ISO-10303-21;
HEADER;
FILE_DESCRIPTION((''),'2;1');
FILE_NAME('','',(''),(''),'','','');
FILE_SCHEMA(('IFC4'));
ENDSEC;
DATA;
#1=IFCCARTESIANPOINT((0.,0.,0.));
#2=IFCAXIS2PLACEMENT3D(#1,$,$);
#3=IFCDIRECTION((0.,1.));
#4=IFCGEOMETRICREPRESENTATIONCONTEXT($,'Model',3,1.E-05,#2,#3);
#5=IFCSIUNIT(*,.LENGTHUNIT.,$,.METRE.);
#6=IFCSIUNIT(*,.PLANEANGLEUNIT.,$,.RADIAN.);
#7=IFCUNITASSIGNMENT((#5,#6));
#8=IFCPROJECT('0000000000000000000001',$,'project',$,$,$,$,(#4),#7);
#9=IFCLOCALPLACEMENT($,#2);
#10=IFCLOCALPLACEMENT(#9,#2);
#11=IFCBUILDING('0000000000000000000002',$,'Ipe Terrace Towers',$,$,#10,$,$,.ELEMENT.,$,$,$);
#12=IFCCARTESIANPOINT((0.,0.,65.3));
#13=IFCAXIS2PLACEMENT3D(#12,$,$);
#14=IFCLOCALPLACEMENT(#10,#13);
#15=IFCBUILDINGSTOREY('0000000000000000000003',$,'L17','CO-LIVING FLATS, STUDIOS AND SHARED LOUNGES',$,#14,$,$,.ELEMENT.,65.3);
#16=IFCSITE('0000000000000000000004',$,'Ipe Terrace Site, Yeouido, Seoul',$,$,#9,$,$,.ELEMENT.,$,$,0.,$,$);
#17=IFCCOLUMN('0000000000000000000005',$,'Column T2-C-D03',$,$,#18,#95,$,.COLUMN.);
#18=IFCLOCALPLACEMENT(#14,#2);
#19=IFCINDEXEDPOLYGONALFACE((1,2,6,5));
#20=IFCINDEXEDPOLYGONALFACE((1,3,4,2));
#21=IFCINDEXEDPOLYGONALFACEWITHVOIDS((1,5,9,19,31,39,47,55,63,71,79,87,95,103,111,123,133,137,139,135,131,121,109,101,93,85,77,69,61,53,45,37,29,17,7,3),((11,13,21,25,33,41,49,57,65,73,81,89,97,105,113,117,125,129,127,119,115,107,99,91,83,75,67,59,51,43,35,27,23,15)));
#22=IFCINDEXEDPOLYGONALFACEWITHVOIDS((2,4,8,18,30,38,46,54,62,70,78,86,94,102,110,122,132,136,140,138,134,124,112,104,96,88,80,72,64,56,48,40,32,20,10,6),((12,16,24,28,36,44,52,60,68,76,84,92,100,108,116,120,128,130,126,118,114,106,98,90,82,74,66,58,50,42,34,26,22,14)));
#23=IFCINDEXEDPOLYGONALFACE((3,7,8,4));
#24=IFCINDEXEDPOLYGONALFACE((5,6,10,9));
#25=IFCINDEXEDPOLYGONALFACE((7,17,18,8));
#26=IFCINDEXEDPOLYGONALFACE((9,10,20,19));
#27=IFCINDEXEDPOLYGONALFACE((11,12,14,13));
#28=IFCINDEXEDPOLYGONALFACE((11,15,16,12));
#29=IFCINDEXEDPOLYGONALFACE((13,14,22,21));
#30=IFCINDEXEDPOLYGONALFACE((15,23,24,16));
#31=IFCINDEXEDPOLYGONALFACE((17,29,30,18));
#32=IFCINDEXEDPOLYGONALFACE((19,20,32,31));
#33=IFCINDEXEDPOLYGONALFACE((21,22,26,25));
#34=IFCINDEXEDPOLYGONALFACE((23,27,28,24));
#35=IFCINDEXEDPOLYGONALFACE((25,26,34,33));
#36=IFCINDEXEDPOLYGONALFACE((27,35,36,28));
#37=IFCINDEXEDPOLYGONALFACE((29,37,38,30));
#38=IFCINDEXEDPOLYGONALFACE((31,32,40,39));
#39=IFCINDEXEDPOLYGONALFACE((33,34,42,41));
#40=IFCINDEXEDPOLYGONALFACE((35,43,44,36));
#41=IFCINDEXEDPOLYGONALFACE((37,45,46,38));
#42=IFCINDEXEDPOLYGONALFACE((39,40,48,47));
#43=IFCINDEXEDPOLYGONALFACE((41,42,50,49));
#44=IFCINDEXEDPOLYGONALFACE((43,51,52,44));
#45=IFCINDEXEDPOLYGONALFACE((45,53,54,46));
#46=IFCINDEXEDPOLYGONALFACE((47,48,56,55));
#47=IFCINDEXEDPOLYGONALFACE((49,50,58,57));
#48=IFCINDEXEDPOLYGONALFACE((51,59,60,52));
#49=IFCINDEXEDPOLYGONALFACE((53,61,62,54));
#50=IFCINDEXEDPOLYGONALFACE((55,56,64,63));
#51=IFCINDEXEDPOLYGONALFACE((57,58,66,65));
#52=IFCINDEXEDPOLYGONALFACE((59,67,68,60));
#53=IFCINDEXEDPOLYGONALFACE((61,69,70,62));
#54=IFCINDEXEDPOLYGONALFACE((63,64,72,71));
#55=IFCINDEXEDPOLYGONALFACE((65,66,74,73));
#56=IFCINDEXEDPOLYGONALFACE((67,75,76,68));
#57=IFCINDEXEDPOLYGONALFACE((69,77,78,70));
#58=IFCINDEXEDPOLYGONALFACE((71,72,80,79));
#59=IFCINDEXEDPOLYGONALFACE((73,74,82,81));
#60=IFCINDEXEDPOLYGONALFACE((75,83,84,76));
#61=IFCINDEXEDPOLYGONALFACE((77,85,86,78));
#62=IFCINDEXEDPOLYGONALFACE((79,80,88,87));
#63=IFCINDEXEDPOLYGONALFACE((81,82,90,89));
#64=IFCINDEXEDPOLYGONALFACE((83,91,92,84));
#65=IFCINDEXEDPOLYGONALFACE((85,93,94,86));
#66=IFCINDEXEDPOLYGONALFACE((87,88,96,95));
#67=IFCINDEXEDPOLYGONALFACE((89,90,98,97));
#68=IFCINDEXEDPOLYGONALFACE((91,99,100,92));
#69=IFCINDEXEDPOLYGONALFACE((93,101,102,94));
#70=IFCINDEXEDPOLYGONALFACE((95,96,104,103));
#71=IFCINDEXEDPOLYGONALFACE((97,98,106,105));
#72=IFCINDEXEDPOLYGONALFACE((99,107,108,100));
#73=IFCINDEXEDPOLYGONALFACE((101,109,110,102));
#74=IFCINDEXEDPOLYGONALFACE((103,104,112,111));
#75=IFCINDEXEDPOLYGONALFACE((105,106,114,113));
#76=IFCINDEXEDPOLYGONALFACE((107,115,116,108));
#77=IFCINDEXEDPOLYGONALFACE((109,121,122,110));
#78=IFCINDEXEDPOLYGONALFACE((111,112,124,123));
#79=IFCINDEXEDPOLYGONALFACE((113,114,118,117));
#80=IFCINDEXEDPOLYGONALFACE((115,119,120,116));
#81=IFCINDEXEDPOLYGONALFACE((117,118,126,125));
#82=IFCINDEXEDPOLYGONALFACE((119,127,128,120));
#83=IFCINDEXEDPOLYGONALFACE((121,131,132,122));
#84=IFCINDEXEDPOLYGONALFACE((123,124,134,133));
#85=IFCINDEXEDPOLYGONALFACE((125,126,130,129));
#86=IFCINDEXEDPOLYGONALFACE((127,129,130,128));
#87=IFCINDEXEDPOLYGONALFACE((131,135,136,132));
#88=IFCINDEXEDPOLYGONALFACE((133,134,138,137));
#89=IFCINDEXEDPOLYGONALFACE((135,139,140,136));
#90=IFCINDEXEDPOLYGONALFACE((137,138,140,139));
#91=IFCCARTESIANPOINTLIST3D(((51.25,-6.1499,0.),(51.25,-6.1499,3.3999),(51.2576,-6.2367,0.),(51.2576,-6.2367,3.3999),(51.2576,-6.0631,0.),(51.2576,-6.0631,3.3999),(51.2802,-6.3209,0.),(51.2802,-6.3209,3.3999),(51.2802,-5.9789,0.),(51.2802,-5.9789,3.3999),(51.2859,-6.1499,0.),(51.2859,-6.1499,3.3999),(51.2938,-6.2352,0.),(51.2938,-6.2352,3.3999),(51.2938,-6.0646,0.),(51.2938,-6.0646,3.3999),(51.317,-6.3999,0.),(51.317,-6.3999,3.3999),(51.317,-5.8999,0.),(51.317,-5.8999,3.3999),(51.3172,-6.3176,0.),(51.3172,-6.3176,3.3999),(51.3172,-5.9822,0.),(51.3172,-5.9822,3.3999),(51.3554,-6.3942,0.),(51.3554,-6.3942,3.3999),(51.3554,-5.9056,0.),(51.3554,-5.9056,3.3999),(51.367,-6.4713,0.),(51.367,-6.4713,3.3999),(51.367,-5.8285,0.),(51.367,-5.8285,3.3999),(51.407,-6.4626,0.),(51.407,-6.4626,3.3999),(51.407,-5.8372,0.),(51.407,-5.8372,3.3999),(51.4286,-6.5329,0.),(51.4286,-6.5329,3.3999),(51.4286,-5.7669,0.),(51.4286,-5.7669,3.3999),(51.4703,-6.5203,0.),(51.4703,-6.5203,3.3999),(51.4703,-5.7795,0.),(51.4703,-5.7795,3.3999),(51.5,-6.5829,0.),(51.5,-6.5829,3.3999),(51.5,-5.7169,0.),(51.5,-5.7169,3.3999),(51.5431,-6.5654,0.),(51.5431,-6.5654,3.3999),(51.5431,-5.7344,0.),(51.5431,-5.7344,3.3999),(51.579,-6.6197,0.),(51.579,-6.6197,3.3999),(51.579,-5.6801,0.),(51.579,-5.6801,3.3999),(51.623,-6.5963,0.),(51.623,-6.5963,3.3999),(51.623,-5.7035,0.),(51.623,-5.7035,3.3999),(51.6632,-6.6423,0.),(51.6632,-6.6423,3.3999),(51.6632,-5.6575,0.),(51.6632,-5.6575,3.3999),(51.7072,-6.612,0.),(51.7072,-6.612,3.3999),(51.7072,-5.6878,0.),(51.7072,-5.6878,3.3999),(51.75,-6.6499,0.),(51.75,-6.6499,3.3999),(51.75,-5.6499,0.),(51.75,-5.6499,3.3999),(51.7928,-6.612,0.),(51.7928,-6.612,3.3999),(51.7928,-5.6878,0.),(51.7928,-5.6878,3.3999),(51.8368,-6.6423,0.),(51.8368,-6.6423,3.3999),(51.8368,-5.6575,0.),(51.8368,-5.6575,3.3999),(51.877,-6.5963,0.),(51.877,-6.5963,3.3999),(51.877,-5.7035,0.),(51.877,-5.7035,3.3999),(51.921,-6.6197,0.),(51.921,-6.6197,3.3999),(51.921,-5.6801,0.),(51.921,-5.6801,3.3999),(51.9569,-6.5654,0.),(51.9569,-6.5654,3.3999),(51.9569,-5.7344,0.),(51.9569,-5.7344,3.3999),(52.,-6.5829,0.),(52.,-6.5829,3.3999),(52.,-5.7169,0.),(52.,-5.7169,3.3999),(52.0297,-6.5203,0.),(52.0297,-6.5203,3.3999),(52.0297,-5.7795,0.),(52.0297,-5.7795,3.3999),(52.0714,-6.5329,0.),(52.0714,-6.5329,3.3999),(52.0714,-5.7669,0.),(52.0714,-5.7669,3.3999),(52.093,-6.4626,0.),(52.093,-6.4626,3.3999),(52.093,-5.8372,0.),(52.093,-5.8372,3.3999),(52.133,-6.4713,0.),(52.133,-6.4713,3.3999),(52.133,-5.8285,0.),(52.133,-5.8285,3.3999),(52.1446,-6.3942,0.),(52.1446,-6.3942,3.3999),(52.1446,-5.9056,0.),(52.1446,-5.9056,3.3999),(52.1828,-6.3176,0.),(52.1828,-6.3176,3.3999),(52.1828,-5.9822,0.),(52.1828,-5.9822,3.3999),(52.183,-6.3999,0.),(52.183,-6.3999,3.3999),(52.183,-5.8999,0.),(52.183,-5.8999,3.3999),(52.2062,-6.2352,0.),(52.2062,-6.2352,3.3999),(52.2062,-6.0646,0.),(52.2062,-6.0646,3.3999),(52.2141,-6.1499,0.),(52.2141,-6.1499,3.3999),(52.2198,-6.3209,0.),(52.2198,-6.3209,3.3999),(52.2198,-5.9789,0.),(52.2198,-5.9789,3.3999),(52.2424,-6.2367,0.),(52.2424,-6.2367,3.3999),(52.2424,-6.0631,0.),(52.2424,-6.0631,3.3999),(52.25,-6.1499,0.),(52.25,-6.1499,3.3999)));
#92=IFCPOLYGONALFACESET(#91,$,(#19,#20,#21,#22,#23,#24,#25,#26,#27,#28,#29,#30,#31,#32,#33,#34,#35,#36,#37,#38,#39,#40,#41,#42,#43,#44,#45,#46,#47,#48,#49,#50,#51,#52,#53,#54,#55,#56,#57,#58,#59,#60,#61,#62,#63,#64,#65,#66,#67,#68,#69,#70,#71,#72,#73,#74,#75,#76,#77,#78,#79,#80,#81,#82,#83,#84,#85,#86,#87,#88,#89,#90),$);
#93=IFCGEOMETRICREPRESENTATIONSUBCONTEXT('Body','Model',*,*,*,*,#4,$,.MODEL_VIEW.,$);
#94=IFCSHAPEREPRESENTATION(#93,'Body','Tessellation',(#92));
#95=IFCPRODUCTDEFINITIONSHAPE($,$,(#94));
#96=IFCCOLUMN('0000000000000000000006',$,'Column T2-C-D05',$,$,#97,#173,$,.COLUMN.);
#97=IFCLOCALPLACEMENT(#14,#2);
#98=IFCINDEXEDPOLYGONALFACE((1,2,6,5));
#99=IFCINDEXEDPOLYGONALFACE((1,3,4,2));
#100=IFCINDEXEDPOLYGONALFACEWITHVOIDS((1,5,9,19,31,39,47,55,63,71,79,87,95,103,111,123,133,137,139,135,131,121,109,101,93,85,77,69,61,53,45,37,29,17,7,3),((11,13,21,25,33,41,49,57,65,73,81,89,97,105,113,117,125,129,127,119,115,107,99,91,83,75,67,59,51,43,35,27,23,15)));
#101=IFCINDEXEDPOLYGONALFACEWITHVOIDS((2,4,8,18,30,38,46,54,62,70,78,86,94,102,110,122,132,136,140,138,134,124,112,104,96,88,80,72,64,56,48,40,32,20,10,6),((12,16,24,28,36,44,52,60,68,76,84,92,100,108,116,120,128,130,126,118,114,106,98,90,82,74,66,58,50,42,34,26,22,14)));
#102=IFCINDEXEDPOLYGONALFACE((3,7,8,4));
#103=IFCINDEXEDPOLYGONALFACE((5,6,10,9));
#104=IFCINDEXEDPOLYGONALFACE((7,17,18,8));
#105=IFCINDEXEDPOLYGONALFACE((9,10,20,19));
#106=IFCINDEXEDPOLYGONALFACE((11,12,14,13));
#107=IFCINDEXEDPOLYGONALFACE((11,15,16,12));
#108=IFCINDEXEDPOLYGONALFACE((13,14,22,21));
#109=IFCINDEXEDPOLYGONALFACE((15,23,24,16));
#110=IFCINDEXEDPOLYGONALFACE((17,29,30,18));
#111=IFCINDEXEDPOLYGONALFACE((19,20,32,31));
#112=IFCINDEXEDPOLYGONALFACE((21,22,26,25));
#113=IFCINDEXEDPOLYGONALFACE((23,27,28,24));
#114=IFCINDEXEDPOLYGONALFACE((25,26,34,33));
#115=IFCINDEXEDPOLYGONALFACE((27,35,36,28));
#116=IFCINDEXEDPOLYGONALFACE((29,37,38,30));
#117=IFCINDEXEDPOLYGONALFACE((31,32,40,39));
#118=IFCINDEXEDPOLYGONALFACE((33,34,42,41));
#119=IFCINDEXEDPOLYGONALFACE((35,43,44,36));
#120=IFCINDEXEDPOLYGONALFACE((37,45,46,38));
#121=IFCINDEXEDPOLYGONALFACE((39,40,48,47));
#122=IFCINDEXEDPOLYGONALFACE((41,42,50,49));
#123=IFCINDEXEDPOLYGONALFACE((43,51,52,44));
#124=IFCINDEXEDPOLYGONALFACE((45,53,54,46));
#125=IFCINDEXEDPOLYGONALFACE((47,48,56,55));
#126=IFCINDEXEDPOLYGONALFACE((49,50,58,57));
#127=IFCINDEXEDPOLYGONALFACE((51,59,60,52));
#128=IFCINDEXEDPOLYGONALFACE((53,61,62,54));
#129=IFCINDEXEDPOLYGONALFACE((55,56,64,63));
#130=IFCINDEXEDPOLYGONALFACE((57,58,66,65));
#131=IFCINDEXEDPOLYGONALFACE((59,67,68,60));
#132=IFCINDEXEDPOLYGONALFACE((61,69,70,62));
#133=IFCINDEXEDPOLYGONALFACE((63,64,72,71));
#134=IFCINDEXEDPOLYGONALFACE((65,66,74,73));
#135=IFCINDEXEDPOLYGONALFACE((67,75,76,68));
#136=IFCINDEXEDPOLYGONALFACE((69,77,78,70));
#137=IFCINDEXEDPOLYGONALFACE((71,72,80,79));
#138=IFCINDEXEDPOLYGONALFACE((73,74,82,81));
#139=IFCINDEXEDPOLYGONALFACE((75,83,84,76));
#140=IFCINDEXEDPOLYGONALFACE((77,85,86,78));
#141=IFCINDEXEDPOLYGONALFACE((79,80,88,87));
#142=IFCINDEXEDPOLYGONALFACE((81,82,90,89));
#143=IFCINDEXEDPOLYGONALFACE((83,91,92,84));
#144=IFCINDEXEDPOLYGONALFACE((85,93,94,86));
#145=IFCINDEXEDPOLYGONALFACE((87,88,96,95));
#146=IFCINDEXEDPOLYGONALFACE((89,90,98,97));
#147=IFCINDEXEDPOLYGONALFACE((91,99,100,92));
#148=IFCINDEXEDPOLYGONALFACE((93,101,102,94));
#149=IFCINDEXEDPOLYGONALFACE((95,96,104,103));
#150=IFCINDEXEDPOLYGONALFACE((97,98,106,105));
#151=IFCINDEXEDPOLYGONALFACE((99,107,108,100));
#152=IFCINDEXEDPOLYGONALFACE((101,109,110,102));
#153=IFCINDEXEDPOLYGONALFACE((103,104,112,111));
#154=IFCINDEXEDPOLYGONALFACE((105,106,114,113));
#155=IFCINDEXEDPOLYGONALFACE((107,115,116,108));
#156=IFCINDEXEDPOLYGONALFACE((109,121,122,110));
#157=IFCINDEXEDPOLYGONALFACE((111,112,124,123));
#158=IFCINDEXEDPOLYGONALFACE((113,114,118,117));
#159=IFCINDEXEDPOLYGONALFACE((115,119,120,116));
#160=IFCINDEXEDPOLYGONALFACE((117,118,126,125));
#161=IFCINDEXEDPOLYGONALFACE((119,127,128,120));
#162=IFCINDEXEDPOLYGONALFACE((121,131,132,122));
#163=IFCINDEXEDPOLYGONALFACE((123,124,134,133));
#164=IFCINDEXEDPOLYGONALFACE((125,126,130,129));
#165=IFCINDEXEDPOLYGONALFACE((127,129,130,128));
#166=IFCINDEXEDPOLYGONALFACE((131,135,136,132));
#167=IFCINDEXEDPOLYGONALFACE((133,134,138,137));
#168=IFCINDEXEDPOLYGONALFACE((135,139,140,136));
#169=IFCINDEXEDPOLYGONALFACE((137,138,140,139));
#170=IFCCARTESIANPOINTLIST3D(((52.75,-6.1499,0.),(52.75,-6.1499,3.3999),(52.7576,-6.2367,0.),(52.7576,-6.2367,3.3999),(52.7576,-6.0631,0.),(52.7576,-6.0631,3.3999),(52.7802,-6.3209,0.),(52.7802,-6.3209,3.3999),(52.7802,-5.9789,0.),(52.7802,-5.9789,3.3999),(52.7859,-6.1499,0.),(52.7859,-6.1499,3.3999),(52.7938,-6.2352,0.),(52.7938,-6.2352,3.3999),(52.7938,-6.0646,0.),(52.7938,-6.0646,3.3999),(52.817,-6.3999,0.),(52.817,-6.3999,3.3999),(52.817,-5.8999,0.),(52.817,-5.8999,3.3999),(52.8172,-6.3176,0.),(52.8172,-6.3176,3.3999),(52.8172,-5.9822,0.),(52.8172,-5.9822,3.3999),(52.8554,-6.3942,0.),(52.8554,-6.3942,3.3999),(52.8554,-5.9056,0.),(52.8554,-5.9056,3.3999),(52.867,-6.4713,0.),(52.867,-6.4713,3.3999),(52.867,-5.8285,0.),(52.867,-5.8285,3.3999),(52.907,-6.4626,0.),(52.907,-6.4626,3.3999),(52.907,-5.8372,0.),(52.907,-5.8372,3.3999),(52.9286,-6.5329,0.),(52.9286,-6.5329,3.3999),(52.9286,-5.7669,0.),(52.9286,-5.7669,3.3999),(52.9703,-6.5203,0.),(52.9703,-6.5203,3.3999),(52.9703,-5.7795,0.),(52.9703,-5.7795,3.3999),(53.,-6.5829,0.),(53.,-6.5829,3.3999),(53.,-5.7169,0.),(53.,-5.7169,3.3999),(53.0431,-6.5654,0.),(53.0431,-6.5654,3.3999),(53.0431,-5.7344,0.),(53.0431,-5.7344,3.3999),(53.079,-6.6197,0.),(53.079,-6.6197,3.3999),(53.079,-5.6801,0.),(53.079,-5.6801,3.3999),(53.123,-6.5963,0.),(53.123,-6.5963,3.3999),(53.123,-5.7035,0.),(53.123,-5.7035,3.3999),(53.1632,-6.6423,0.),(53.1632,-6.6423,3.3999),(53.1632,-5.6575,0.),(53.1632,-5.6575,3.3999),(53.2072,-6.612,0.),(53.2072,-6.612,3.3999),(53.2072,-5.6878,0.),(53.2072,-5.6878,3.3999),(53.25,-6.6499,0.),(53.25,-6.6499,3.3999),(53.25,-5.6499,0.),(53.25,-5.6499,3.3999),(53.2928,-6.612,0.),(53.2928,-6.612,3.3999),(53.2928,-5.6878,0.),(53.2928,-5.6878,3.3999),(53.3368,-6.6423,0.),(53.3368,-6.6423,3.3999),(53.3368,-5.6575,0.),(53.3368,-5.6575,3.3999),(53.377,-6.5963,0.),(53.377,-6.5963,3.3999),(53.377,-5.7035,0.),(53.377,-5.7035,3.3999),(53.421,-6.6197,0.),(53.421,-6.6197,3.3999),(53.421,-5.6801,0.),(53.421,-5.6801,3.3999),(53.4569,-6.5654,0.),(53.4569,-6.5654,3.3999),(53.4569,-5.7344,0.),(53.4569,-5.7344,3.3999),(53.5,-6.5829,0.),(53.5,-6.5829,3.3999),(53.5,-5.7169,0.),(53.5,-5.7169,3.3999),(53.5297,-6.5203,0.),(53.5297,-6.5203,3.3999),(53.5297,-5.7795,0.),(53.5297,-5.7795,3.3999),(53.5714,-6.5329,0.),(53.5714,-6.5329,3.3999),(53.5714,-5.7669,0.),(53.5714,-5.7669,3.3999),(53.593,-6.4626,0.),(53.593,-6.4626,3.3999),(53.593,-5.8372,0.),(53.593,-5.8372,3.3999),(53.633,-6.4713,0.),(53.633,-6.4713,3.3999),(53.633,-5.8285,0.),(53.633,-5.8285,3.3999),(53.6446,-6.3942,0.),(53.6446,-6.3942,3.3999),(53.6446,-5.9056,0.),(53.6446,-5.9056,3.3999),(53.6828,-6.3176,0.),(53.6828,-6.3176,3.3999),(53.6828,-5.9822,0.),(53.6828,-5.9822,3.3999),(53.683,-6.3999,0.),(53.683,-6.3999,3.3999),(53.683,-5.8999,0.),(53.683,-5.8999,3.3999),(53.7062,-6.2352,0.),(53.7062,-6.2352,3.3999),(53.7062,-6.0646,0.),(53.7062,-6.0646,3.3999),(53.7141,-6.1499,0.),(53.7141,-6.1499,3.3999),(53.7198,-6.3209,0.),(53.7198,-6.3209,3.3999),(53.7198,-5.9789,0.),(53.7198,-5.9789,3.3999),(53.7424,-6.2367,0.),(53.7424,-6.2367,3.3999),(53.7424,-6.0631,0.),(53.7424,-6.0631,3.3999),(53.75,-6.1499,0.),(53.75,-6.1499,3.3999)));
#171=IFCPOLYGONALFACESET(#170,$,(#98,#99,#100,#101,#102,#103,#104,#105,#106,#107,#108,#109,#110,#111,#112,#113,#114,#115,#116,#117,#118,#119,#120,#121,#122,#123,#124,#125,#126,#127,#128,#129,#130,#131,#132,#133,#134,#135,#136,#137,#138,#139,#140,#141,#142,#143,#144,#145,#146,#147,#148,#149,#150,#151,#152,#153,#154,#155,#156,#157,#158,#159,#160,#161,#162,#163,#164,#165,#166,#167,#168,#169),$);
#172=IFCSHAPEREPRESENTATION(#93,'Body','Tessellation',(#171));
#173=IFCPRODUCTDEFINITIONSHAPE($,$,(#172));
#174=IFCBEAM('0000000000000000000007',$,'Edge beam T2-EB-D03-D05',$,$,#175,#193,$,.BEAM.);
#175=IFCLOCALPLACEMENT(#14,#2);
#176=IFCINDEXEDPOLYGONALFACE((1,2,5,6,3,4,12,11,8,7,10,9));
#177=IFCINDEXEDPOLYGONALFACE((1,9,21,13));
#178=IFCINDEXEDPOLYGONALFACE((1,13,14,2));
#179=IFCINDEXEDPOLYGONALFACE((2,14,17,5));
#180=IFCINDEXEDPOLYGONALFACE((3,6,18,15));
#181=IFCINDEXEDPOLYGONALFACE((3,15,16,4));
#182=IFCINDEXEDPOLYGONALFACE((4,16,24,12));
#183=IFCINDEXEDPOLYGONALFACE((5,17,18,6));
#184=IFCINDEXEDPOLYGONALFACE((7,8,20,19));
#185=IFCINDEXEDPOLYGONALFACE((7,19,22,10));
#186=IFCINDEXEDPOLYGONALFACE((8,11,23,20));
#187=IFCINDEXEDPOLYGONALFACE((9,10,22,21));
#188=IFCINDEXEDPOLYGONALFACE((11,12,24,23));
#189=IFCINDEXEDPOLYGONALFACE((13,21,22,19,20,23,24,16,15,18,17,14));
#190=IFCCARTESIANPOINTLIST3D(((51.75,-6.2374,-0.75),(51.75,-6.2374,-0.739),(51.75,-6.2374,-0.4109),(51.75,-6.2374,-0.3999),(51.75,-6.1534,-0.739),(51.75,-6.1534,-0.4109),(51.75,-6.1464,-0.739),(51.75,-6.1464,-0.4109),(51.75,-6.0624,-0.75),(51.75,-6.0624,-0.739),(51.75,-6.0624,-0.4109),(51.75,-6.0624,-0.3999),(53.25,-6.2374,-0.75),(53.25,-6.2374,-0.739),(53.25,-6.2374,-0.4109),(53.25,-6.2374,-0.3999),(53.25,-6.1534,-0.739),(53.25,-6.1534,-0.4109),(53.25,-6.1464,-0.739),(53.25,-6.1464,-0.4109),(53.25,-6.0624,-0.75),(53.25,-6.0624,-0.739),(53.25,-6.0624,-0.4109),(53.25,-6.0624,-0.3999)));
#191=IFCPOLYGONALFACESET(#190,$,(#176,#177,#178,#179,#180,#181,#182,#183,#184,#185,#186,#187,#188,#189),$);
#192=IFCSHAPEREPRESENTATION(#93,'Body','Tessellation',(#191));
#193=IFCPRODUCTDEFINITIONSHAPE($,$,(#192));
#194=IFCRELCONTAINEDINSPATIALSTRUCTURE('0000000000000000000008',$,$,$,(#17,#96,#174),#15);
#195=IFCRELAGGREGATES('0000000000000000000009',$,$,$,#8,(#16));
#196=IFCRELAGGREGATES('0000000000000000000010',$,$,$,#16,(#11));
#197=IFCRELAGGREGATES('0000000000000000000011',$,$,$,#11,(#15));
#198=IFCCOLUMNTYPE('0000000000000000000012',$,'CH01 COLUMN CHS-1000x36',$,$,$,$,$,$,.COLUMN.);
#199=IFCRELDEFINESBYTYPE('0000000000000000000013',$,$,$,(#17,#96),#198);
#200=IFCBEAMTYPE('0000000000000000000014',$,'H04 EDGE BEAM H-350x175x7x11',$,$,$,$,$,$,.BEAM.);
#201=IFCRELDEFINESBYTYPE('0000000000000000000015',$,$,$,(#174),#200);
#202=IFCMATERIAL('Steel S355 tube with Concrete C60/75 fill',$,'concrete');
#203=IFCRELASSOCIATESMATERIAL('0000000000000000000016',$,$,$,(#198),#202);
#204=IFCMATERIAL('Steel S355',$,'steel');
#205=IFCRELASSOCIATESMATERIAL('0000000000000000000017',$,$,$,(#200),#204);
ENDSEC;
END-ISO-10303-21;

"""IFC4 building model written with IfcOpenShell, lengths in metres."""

from ifc_helpers import new_model, si_unit, direction, frame, origin, origin_2d, place, context, subcontext, project, spatial, hollow_circle, i_section, extrude, material, material_profile, profile_set, type_object, element, save


model = new_model("IFC4")

# Units and contexts
model_context = context("Model", 3, precision=1e-05, world=origin(), true_north=direction((0.0, 1.0)))
body_context = subcontext(model_context, "Body", "Model", "MODEL_VIEW")
ifc_project = project(units=[si_unit("LENGTHUNIT", "METRE"), si_unit("PLANEANGLEUNIT", "RADIAN")], contexts=[model_context])

# Site, building, storey
site_placement = place(None, origin())
site = spatial("IfcSite", under=ifc_project, at=site_placement, Name="Ipe Terrace Site, Yeouido, Seoul", CompositionType="ELEMENT", RefElevation=0.0)
building_placement = place(site_placement, origin())
building = spatial("IfcBuilding", under=site, at=building_placement, Name="Ipe Terrace Towers", CompositionType="ELEMENT")
storey_placement = place(building_placement, frame((0.0, 0.0, 65.3)))
storey = spatial("IfcBuildingStorey", under=building, at=storey_placement, Name="L17", Description="CO-LIVING FLATS, STUDIOS AND SHARED LOUNGES", CompositionType="ELEMENT", Elevation=65.3)

# Columns
ifc_material_1 = material(Name="Steel S355 tube with Concrete C60/75 fill", Category="concrete")
ifc_material_profile_1 = material_profile(ifc_material_1, hollow_circle(Radius=0.5, WallThickness=0.0359, at=origin_2d()), Name="CHS-1000x36")
ifc_profile_set_1 = profile_set([ifc_material_profile_1], Name="Steel S355 tube with Concrete C60/75 fill")
column_type = type_object("IfcColumnType", Name="CH01 COLUMN CHS-1000x36", PredefinedType="COLUMN", material=ifc_profile_set_1)
for number, where, z_axis, x_axis, name in (
    (1, (51.75, -6.1499, 0.0), (0.0, 0.0, 1.0), (1.0, 0.0, 0.0), "Column T2-C-D03"),
    (2, (53.25, -6.1499, 0.0), (0.0, 0.0, 1.0), (1.0, 0.0, 0.0), "Column T2-C-D05"),
):
    element("IfcColumn", number, at=place(storey_placement, frame(where, z_axis=z_axis, x_axis=x_axis)), inside=storey, type_object=column_type, Name=name, PredefinedType="COLUMN", context=body_context, shape_type="SweptSolid", body=[
        extrude(hollow_circle(Radius=0.5, WallThickness=0.0359, at=origin_2d()), origin(), (0.0, 0.0, 1.0), 3.3999),
    ])

# Beam
ifc_material_2 = material(Name="Steel S355", Category="steel")
ifc_material_profile_2 = material_profile(ifc_material_2, i_section(OverallWidth=0.175, OverallDepth=0.3501, WebThickness=0.0071, FlangeThickness=0.011, at=origin_2d()), Name="H-350x175x7x11")
ifc_profile_set_2 = profile_set([ifc_material_profile_2], Name="Steel S355")
beam_type = type_object("IfcBeamType", Name="H04 EDGE BEAM H-350x175x7x11", PredefinedType="BEAM", material=ifc_profile_set_2)
beam_placement = place(storey_placement, frame((51.75, -6.1499, -0.575), z_axis=(1.0, 0.0, 0.0), x_axis=(0.0, 1.0, 0.0)))
element("IfcBeam", 3, at=beam_placement, inside=storey, type_object=beam_type, Name="Edge beam T2-EB-D03-D05", PredefinedType="BEAM", context=body_context, shape_type="SweptSolid", body=[
    extrude(i_section(OverallWidth=0.175, OverallDepth=0.3501, WebThickness=0.0071, FlangeThickness=0.011, at=origin_2d()), origin(), (0.0, 0.0, 1.0), 1.5),
])

save(model, "model.ifc")
